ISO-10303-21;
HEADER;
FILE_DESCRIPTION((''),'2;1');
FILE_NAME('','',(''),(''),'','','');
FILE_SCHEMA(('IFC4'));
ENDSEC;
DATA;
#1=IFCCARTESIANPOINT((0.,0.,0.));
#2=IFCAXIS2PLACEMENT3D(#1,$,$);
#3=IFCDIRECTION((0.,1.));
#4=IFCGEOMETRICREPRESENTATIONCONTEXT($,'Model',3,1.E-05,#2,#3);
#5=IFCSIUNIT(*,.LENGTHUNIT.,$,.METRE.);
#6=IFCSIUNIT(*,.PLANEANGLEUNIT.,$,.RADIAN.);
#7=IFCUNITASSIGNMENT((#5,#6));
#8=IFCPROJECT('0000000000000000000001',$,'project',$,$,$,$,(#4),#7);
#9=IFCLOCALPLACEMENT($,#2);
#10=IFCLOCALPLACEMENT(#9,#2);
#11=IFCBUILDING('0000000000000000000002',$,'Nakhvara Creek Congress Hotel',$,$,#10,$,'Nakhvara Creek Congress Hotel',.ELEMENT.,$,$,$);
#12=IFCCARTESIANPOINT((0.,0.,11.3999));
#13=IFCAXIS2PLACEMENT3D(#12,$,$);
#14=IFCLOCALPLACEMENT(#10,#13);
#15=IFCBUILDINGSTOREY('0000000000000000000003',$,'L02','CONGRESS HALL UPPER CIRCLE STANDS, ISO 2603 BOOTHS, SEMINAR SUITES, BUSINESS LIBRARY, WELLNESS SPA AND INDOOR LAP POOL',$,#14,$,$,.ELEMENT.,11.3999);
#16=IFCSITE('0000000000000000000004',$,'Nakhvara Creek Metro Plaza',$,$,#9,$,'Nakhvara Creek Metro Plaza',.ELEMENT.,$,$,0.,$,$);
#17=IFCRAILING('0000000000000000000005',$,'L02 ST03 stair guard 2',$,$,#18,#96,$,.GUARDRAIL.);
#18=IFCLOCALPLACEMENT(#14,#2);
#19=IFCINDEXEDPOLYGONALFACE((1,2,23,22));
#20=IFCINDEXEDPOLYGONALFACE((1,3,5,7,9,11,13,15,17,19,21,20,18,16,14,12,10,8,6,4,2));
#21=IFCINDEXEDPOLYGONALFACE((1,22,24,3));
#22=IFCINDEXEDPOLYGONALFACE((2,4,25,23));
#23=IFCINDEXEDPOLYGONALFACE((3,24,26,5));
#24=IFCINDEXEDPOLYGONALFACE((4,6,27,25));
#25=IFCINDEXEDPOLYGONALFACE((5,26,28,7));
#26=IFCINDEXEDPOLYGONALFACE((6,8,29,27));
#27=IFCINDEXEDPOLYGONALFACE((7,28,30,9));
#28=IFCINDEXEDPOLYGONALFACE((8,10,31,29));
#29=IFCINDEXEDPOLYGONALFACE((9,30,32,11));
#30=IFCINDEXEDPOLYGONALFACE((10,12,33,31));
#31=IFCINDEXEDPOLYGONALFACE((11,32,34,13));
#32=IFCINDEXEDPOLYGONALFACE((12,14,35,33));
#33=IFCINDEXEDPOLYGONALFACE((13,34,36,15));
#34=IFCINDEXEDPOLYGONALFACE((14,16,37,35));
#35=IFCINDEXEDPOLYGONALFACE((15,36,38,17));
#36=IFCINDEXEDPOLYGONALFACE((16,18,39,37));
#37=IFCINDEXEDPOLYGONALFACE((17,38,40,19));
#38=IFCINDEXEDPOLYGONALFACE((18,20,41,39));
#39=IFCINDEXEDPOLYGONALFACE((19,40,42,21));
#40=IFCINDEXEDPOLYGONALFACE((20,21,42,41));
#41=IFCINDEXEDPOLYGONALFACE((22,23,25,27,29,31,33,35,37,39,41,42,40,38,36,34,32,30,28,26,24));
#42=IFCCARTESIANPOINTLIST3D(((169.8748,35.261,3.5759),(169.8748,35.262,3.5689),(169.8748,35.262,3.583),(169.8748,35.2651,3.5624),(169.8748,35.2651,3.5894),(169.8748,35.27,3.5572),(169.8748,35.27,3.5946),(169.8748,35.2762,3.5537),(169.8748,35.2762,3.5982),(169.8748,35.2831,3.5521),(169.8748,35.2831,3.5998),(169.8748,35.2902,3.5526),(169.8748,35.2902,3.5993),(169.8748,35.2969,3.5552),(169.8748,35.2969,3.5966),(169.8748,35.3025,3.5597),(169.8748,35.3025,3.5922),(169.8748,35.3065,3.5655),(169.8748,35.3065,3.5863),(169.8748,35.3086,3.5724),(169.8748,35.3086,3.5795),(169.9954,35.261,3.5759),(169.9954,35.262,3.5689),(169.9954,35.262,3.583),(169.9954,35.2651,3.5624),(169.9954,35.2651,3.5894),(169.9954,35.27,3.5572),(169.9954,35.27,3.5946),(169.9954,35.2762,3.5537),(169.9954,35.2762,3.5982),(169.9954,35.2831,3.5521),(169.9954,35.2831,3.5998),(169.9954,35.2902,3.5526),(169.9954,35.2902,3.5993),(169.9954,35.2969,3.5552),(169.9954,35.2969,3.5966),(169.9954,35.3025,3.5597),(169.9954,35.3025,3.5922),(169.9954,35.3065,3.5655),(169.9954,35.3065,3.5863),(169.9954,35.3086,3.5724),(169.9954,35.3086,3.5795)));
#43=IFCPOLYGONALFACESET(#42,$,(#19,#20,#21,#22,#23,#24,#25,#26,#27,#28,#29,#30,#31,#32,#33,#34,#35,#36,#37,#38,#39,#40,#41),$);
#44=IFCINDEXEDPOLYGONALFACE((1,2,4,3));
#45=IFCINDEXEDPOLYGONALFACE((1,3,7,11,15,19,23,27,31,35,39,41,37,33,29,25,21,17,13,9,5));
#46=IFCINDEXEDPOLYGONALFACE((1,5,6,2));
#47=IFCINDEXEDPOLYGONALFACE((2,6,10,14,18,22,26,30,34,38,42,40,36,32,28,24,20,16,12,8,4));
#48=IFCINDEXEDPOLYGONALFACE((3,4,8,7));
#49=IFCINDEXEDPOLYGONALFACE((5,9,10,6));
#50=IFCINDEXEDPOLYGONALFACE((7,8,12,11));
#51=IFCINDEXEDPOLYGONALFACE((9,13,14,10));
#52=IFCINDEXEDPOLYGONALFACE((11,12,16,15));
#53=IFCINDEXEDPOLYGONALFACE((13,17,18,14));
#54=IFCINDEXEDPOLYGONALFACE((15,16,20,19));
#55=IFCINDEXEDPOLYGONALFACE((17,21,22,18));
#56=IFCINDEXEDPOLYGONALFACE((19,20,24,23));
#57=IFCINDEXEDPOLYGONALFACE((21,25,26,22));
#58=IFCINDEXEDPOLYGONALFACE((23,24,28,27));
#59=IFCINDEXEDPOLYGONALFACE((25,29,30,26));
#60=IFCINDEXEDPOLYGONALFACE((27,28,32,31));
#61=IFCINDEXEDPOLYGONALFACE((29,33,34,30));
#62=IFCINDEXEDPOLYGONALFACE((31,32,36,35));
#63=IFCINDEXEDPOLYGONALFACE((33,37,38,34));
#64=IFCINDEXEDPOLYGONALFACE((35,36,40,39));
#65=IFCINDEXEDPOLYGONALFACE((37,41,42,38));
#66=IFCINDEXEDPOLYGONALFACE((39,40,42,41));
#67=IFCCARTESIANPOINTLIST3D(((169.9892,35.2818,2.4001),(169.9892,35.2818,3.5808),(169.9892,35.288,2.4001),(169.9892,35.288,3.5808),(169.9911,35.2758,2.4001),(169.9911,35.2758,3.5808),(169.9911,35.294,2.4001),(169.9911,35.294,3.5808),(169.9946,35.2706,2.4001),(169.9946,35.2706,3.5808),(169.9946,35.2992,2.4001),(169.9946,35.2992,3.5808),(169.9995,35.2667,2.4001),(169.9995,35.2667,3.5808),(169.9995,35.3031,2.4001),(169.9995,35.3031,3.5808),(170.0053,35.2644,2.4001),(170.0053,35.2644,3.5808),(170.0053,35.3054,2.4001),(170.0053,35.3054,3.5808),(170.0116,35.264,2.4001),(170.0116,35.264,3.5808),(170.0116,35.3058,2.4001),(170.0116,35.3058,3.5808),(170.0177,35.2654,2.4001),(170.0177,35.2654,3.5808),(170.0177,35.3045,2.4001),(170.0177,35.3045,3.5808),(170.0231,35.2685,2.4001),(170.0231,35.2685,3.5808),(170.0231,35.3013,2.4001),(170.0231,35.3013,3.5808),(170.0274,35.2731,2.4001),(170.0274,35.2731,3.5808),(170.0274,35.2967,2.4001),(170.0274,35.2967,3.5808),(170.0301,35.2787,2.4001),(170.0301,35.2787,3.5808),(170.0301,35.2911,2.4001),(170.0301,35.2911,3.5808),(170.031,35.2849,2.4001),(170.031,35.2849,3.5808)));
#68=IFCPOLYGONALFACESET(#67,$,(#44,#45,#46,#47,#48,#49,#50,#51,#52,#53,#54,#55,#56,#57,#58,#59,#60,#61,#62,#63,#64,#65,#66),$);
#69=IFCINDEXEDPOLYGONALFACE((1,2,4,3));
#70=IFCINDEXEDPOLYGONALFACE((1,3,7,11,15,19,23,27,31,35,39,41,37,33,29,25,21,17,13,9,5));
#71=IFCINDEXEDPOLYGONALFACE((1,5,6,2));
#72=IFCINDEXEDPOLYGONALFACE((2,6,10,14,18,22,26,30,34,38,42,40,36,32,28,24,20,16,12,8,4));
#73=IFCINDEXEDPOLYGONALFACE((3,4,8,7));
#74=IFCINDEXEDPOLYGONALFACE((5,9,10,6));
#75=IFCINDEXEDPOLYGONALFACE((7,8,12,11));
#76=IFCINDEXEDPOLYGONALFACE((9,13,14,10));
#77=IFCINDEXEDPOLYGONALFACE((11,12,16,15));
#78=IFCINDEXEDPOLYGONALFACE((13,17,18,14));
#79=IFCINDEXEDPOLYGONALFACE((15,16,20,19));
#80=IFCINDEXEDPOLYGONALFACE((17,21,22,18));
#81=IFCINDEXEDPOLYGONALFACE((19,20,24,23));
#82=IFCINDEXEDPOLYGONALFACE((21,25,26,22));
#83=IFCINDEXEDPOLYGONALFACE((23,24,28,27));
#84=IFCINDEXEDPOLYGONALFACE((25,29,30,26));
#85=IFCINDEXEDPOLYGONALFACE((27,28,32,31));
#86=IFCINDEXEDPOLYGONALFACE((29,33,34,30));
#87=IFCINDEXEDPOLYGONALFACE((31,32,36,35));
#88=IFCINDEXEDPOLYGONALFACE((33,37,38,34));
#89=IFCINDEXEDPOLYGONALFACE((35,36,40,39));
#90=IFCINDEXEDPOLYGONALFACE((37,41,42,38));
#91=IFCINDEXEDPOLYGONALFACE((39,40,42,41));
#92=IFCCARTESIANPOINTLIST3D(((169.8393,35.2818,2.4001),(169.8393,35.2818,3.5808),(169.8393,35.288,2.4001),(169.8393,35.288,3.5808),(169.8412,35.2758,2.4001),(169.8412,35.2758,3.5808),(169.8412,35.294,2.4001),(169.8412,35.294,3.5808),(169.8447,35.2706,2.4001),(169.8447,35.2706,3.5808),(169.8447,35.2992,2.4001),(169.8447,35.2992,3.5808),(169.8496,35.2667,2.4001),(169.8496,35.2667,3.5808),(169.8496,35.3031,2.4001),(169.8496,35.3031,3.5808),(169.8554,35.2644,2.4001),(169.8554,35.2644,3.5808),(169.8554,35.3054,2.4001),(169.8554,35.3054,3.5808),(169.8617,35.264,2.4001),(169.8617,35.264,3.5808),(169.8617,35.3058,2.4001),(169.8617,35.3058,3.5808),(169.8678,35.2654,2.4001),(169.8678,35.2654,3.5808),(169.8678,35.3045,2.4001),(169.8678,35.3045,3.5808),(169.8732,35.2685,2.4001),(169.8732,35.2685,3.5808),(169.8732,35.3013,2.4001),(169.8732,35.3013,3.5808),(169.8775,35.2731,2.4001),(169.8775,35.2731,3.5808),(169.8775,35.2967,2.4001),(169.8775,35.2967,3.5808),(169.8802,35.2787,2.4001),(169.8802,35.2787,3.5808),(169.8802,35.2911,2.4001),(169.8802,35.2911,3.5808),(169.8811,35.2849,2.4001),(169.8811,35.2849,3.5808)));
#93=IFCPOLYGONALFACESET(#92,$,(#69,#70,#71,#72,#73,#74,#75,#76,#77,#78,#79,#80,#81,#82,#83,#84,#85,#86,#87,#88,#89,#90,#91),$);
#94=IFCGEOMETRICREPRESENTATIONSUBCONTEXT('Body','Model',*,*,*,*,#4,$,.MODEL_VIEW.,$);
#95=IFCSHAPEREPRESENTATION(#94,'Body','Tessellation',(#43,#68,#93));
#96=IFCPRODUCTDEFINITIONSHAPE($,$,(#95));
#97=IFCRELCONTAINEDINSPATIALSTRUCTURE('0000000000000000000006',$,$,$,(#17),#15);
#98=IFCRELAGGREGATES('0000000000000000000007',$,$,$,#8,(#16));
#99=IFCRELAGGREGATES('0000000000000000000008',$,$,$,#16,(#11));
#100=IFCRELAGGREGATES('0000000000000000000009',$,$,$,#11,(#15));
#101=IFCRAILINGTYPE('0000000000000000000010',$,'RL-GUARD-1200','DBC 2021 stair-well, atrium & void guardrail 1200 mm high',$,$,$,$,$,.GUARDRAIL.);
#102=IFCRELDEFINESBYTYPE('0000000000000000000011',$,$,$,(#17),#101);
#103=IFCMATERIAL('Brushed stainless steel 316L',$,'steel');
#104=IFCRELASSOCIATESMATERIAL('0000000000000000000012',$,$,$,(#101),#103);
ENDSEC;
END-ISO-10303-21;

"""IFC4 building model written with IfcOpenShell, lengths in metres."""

from ifc_helpers import new_model, si_unit, direction, frame, origin, origin_2d, place, context, subcontext, project, spatial, circle, extrude, material, type_object, element, save


model = new_model("IFC4")

# Units and contexts
model_context = context("Model", 3, precision=1e-05, world=origin(), true_north=direction((0.0, 1.0)))
body_context = subcontext(model_context, "Body", "Model", "MODEL_VIEW")
ifc_project = project(units=[si_unit("LENGTHUNIT", "METRE"), si_unit("PLANEANGLEUNIT", "RADIAN")], contexts=[model_context])

# Site, building, storey
site_placement = place(None, origin())
site = spatial("IfcSite", under=ifc_project, at=site_placement, Name="Nakhvara Creek Metro Plaza", LongName="Nakhvara Creek Metro Plaza", CompositionType="ELEMENT", RefElevation=0.0)
building_placement = place(site_placement, origin())
building = spatial("IfcBuilding", under=site, at=building_placement, Name="Nakhvara Creek Congress Hotel", LongName="Nakhvara Creek Congress Hotel", CompositionType="ELEMENT")
storey_placement = place(building_placement, frame((0.0, 0.0, 11.3999)))
storey = spatial("IfcBuildingStorey", under=building, at=storey_placement, Name="L02", Description="CONGRESS HALL UPPER CIRCLE STANDS, ISO 2603 BOOTHS, SEMINAR SUITES, BUSINESS LIBRARY, WELLNESS SPA AND INDOOR LAP POOL", CompositionType="ELEMENT", Elevation=11.3999)

# Railing
ifc_material_1 = material(Name="Brushed stainless steel 316L", Category="steel")
railing_type_1 = type_object("IfcRailingType", Name="RL-GUARD-1200", Description="DBC 2021 stair-well, atrium & void guardrail 1200 mm high", PredefinedType="GUARDRAIL", material=ifc_material_1)
railing_1_placement = place(storey_placement, frame((170.01, 35.2849, 2.4001)))
element("IfcRailing", 1, at=railing_1_placement, inside=storey, type_object=railing_type_1, Name="L02 ST03 stair guard 2", PredefinedType="GUARDRAIL", context=body_context, shape_type="SweptSolid", body=[
    extrude(circle(Radius=0.0239, at=origin_2d()), frame((-0.0146, 0.0, 1.1758), z_axis=(-1.0, 0.0, 0.0), x_axis=(0.0, -1.0, 0.0)), (0.0, 0.0, 1.0), 0.1206),
    extrude(circle(Radius=0.021, at=origin_2d()), origin(), (0.0, 0.0, 1.0), 1.1807),
    extrude(circle(Radius=0.021, at=origin_2d()), frame((-0.1499, 0.0, 0.0)), (0.0, 0.0, 1.0), 1.1807),
])

save(model, "model.ifc")
